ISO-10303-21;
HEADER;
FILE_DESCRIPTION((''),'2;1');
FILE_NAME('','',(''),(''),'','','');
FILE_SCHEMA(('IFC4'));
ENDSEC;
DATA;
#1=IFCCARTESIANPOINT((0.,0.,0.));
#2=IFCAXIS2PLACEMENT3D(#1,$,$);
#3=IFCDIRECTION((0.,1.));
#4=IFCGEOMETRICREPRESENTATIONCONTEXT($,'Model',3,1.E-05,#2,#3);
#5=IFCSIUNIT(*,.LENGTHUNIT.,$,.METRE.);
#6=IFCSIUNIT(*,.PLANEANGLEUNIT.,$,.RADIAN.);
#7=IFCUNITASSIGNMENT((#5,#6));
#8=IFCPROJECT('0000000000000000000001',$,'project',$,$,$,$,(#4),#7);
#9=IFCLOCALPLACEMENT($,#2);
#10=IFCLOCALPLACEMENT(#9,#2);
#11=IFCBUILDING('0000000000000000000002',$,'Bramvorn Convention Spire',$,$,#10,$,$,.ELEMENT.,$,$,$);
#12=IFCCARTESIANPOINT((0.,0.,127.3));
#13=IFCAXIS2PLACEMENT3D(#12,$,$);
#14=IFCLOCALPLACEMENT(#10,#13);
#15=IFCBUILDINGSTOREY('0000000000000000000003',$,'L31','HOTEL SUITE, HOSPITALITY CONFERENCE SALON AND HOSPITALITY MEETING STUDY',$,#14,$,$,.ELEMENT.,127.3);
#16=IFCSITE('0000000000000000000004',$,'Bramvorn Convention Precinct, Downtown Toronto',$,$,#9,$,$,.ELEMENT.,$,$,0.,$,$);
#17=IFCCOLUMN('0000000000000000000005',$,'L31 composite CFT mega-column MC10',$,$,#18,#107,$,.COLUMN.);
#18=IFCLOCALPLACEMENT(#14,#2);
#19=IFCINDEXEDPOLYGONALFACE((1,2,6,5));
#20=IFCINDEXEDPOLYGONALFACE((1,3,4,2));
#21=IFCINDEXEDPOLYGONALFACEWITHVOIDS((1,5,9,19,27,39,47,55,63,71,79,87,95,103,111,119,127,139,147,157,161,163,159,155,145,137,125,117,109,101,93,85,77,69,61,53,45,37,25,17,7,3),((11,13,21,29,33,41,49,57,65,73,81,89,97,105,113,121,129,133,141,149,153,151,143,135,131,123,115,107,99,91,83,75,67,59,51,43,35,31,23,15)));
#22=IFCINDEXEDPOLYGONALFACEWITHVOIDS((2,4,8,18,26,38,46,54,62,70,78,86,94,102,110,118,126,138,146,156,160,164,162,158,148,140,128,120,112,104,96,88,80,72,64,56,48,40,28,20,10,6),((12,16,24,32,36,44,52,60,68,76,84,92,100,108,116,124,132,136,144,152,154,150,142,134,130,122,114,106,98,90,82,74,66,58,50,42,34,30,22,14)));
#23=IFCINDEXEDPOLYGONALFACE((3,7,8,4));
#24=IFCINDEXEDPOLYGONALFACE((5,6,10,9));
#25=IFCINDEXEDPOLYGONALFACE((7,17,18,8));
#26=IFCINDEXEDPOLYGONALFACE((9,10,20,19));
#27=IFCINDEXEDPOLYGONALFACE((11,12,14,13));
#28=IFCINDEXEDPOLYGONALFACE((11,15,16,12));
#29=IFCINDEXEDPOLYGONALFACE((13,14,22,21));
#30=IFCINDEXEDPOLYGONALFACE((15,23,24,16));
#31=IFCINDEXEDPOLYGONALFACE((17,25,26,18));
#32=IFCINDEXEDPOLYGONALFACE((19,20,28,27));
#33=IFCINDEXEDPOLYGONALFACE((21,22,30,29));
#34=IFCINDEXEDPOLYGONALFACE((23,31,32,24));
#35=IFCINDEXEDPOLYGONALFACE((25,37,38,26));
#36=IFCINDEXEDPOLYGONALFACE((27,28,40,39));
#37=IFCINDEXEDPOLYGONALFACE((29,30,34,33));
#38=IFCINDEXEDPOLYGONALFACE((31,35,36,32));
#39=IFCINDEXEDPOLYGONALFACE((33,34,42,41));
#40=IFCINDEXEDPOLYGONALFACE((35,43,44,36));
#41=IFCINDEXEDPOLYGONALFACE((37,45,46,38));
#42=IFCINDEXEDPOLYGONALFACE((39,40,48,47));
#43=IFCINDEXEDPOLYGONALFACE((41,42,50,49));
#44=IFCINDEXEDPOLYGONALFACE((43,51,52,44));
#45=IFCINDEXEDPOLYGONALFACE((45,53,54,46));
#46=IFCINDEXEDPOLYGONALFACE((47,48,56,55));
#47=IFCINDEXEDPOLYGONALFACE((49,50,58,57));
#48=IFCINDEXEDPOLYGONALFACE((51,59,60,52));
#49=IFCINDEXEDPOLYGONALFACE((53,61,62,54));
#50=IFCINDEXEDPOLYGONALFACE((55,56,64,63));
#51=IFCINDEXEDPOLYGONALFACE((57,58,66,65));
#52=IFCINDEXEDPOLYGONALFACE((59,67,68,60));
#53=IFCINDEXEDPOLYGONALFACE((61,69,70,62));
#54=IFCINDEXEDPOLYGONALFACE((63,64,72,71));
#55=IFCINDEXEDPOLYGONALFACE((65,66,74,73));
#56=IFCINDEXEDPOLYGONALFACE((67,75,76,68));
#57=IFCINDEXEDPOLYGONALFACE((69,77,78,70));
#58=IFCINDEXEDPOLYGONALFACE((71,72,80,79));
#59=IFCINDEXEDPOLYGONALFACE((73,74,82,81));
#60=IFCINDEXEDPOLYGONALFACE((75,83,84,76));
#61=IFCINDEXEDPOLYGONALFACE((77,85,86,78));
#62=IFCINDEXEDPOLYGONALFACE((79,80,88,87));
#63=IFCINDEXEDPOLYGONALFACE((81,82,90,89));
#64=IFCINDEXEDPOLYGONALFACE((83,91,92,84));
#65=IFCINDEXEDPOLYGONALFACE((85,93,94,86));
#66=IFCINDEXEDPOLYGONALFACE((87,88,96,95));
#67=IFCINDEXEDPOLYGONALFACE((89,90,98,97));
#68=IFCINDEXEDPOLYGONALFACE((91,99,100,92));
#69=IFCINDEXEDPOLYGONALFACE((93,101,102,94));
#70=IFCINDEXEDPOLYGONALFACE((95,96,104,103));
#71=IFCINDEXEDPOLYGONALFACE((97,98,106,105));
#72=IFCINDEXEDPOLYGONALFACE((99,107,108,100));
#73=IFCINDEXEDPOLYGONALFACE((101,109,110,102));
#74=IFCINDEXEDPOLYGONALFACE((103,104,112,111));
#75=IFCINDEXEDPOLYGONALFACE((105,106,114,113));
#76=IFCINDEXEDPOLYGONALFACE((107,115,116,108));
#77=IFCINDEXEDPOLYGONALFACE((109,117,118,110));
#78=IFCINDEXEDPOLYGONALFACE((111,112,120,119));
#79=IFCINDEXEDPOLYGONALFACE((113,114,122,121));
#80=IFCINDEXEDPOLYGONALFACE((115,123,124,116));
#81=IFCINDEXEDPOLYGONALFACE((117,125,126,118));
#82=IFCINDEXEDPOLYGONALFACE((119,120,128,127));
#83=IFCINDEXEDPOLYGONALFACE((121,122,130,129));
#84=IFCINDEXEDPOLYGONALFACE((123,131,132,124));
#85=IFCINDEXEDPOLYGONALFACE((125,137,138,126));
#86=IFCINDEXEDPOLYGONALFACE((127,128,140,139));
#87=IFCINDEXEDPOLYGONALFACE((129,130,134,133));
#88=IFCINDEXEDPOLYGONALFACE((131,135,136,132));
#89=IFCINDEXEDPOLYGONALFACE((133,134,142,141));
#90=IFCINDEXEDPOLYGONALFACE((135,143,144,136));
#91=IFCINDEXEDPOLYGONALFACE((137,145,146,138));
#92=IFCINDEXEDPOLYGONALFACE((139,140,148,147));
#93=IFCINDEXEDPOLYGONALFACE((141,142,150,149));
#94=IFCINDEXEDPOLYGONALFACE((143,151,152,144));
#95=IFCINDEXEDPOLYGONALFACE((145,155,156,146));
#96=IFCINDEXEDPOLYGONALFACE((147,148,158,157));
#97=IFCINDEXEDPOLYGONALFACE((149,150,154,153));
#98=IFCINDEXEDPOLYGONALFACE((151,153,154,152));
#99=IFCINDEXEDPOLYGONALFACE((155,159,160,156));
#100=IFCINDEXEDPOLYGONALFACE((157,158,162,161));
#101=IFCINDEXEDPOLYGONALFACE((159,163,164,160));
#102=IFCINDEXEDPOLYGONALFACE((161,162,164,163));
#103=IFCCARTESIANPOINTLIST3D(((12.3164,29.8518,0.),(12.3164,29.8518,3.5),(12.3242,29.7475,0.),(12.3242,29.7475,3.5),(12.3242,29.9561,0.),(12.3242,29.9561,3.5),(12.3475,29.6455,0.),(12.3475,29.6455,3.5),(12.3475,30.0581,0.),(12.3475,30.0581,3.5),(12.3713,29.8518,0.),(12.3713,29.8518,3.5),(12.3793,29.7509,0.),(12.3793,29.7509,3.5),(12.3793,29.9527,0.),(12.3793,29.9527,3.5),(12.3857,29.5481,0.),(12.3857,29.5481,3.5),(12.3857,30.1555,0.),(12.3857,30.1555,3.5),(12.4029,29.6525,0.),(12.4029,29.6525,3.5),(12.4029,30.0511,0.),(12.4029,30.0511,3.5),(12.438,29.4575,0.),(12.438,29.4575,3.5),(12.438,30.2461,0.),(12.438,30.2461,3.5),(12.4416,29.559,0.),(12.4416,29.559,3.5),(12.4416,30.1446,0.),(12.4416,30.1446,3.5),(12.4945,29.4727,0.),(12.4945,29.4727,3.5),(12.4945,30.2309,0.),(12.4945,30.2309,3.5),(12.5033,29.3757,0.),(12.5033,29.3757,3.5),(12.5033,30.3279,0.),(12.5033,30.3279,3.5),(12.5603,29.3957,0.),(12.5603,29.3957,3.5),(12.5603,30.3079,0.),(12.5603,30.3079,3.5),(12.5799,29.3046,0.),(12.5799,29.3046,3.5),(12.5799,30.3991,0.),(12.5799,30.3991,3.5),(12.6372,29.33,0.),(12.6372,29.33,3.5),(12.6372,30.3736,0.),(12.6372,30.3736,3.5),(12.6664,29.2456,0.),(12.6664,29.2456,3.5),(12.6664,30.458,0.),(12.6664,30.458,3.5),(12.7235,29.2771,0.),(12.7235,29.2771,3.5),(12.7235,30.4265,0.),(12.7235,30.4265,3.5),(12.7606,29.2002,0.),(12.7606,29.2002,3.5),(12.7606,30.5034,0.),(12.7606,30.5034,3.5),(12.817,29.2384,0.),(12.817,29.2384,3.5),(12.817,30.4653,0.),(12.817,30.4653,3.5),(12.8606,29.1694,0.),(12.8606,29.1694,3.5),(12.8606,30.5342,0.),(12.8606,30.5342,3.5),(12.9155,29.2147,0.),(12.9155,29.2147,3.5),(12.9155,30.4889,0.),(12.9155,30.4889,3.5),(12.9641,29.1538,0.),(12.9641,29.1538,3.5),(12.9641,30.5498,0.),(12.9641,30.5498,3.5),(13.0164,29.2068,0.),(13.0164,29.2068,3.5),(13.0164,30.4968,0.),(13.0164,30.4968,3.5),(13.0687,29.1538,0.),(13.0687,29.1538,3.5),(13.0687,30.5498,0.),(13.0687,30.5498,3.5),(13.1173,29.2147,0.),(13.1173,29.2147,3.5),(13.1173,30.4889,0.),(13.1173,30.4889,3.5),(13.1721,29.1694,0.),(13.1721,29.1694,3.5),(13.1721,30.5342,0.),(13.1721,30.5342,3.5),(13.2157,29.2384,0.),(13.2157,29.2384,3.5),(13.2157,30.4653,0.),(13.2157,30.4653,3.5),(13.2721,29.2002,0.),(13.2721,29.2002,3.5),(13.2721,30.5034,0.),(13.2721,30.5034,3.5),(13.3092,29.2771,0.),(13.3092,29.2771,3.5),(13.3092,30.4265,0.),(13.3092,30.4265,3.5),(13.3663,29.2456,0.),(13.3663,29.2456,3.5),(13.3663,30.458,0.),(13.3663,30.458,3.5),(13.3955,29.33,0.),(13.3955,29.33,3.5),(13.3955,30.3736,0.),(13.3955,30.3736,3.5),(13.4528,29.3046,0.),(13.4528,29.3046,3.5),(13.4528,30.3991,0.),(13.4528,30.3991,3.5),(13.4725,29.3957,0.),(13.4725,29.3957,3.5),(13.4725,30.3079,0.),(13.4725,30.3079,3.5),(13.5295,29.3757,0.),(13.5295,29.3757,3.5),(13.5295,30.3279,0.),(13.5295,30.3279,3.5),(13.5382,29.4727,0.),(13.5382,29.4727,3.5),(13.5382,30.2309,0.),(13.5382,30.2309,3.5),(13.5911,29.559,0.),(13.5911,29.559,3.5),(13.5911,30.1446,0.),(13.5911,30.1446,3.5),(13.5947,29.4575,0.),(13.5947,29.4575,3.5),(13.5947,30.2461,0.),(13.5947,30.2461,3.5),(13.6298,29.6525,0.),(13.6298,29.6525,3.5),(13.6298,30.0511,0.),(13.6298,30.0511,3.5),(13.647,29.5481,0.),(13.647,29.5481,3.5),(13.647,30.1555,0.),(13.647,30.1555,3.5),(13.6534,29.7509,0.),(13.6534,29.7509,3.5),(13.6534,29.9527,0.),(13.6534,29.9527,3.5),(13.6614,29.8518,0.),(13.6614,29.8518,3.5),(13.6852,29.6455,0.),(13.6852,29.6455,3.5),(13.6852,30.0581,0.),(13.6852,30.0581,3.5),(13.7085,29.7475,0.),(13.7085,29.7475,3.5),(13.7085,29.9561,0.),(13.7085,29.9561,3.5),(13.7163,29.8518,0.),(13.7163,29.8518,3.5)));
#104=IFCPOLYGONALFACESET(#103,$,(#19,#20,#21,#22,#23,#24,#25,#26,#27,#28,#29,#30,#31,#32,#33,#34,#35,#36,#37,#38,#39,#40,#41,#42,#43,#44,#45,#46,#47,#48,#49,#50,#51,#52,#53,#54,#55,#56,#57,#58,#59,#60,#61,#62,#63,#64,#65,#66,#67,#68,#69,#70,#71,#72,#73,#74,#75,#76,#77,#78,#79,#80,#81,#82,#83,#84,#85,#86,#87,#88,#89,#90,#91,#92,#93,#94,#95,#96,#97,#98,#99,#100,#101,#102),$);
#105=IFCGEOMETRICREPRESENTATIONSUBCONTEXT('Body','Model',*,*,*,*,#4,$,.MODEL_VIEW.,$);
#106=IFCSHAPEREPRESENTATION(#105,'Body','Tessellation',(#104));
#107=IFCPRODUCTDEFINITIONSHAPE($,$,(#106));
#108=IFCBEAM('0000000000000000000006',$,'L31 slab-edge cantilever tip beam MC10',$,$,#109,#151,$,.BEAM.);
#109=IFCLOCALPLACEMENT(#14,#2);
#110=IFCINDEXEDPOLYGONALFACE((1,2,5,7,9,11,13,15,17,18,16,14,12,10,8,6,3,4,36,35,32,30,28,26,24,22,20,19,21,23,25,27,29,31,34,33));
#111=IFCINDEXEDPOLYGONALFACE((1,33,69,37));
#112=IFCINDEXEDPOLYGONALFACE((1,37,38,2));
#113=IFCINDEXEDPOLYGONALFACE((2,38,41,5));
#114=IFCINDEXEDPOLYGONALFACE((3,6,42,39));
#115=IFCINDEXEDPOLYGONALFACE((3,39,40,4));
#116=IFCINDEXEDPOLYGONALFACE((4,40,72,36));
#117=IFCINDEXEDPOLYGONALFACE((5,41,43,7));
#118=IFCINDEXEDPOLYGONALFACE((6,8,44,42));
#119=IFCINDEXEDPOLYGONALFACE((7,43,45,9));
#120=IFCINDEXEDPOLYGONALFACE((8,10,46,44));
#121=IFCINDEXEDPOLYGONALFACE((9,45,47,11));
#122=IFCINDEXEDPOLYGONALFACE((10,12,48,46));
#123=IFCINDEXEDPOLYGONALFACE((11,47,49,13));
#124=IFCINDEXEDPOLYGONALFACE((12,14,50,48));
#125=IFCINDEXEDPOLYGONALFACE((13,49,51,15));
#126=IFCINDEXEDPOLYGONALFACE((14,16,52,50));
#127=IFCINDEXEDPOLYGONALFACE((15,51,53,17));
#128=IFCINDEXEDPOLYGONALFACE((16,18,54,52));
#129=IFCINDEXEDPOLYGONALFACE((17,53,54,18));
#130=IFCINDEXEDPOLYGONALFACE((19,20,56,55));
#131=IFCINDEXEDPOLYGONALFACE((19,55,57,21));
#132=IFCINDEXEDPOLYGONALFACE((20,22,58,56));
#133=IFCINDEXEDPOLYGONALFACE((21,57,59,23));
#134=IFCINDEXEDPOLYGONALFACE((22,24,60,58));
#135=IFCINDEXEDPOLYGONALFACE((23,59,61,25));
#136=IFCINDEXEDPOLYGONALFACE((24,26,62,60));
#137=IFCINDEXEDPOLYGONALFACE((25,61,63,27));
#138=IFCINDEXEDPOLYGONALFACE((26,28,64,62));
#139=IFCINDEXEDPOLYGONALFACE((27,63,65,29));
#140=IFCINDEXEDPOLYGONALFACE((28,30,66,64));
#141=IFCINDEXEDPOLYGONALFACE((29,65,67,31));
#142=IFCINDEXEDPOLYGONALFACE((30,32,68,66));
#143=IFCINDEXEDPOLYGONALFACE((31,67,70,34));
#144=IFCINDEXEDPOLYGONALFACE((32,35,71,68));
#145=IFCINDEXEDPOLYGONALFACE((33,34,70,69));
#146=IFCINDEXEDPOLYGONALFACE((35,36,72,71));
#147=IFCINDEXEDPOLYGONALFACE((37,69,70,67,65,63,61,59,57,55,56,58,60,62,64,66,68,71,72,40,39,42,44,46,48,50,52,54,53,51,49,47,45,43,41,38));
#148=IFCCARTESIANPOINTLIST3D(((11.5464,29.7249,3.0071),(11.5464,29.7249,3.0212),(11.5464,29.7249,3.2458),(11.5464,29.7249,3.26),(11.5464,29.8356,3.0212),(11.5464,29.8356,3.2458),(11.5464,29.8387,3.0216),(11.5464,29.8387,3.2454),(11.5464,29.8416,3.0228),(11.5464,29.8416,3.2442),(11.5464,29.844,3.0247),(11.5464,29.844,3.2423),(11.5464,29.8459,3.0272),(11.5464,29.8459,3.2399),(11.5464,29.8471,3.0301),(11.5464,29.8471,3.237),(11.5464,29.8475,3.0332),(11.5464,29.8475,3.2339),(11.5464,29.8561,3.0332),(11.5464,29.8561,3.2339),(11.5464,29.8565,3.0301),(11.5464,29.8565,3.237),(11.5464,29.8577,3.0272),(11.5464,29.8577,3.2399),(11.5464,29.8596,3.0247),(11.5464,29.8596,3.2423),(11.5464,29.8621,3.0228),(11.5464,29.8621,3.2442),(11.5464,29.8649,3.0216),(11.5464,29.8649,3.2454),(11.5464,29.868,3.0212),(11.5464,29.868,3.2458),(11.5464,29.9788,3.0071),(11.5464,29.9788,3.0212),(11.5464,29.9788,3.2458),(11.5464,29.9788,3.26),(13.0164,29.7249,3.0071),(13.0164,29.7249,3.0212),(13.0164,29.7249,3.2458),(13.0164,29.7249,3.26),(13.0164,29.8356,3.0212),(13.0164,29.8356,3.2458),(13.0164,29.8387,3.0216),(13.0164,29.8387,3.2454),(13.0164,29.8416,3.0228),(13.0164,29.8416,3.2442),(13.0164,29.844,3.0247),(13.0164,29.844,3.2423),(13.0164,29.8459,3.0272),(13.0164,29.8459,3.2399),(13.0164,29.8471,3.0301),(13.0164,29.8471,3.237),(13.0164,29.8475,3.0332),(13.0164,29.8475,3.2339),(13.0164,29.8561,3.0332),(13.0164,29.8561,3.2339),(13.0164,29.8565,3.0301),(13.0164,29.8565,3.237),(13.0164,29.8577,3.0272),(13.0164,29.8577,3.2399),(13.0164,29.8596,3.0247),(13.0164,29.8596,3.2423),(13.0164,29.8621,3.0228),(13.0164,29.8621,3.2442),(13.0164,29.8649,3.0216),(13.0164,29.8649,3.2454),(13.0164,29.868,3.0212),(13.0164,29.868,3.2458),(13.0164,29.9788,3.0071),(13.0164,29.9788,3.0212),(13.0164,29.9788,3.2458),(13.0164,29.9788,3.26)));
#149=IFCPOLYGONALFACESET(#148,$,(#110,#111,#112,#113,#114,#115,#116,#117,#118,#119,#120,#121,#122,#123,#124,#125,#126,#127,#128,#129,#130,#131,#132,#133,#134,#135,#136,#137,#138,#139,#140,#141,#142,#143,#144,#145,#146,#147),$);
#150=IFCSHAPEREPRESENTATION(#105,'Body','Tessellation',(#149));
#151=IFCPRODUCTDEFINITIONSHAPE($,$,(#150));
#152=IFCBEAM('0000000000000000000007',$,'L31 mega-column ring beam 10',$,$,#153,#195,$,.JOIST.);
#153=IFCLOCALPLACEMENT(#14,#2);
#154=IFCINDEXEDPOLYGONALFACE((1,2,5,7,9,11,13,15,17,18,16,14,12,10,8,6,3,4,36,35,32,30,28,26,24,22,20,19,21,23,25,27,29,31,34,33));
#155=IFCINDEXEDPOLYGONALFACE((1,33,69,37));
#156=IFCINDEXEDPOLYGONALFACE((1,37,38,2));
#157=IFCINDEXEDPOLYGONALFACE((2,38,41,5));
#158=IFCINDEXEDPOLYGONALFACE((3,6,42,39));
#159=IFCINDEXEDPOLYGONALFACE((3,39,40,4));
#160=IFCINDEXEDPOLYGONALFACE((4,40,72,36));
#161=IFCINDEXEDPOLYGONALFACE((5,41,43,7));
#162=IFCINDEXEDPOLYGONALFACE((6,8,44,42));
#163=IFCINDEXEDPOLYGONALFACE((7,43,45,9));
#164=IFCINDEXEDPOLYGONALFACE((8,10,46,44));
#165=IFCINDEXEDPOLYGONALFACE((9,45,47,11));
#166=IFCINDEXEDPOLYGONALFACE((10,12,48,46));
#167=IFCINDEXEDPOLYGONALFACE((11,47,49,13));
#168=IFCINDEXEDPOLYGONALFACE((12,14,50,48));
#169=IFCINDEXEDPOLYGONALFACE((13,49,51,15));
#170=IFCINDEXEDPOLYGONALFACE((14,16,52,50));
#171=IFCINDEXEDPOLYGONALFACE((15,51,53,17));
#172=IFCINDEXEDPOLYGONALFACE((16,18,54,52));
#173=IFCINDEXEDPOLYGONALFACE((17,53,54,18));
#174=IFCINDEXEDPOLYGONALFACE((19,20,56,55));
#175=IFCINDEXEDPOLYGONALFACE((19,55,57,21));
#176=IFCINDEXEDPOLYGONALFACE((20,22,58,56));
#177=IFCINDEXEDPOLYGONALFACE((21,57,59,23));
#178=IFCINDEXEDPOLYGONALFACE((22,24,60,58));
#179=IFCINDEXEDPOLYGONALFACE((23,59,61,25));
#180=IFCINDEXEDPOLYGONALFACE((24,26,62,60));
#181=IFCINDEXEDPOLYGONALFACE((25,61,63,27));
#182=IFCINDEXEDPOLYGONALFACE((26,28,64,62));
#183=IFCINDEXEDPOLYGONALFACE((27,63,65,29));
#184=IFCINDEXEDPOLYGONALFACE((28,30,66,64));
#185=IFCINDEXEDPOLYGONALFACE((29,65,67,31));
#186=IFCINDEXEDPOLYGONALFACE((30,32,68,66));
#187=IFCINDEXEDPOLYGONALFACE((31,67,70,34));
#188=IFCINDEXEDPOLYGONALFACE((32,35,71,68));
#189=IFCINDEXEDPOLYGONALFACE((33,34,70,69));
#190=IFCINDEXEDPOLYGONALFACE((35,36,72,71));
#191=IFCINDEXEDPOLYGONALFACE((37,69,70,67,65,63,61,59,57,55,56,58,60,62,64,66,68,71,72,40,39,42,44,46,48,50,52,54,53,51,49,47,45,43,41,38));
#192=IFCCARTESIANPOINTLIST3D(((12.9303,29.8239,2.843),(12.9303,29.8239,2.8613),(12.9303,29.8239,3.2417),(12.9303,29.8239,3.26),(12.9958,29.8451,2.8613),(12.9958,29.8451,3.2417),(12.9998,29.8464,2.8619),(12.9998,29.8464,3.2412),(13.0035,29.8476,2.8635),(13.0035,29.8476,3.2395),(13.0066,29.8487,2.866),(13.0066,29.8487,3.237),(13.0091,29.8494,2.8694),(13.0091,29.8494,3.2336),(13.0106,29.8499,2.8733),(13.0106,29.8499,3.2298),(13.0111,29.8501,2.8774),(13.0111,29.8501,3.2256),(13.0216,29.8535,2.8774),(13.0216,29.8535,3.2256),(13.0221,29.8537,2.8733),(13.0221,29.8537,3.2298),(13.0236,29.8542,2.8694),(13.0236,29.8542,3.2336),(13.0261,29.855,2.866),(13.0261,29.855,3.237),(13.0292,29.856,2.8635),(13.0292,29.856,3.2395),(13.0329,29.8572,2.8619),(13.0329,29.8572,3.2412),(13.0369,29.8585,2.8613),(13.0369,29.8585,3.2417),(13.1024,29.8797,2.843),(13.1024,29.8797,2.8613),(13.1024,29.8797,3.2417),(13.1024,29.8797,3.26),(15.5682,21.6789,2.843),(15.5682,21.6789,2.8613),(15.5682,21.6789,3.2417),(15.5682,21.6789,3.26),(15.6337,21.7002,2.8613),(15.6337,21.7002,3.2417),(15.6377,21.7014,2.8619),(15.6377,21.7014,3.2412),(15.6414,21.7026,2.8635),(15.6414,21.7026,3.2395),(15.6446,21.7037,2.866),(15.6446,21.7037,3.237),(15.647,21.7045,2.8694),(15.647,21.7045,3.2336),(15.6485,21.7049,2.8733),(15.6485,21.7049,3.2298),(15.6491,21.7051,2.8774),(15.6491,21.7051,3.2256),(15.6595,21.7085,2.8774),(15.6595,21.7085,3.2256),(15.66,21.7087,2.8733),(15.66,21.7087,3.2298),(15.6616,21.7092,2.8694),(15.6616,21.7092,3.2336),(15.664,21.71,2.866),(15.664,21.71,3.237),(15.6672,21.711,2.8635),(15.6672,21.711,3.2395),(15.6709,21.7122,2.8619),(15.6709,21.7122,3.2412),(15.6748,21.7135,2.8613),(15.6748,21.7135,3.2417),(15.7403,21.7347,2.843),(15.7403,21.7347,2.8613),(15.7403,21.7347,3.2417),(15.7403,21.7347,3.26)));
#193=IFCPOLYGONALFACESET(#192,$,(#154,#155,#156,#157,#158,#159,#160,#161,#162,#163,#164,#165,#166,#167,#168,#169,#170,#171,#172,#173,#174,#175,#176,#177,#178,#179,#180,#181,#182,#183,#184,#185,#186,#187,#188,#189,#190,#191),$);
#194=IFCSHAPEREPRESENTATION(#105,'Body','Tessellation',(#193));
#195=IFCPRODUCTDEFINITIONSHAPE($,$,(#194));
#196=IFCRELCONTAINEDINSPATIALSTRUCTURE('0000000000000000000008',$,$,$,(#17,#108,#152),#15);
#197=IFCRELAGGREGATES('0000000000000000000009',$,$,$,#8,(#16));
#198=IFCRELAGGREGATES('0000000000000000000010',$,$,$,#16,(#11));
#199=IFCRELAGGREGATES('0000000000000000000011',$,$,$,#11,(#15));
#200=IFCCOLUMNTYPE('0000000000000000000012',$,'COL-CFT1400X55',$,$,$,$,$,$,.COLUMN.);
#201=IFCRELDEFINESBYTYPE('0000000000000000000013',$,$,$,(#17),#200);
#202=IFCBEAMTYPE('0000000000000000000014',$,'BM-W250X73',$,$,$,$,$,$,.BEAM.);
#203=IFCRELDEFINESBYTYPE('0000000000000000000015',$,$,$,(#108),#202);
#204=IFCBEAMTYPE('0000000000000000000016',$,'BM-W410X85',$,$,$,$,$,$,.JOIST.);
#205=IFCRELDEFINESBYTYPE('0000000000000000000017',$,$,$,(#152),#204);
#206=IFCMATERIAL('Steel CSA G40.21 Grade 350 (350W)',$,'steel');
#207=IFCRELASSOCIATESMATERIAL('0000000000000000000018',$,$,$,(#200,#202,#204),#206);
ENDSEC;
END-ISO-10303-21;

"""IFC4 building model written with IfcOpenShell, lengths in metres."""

from ifc_helpers import new_model, si_unit, direction, frame, origin, origin_2d, place, context, subcontext, project, spatial, hollow_circle, i_section, extrude, material, material_profile, profile_set, type_object, element, save


model = new_model("IFC4")

# Units and contexts
model_context = context("Model", 3, precision=1e-05, world=origin(), true_north=direction((0.0, 1.0)))
body_context = subcontext(model_context, "Body", "Model", "MODEL_VIEW")
ifc_project = project(units=[si_unit("LENGTHUNIT", "METRE"), si_unit("PLANEANGLEUNIT", "RADIAN")], contexts=[model_context])

# Site, building, storey
site_placement = place(None, origin())
site = spatial("IfcSite", under=ifc_project, at=site_placement, Name="Bramvorn Convention Precinct, Downtown Toronto", CompositionType="ELEMENT", RefElevation=0.0)
building_placement = place(site_placement, origin())
building = spatial("IfcBuilding", under=site, at=building_placement, Name="Bramvorn Convention Spire", CompositionType="ELEMENT")
storey_placement = place(building_placement, frame((0.0, 0.0, 127.3)))
storey = spatial("IfcBuildingStorey", under=building, at=storey_placement, Name="L31", Description="HOTEL SUITE, HOSPITALITY CONFERENCE SALON AND HOSPITALITY MEETING STUDY", CompositionType="ELEMENT", Elevation=127.3)

# Column
ifc_material_1 = material(Name="Steel CSA G40.21 Grade 350 (350W)", Category="steel")
ifc_material_profile_1 = material_profile(ifc_material_1, hollow_circle(Radius=0.7, WallThickness=0.0549, at=origin_2d()))
ifc_profile_set_1 = profile_set([ifc_material_profile_1], Name="Steel CSA G40.21 Grade 350 (350W) - CFT1400X55")
column_type = type_object("IfcColumnType", Name="COL-CFT1400X55", PredefinedType="COLUMN", material=ifc_profile_set_1)
column_placement = place(storey_placement, frame((13.0164, 29.8518, 0.0), z_axis=(0.0, 0.0, 1.0), x_axis=(1.0, 0.0, 0.0)))
element("IfcColumn", 1, at=column_placement, inside=storey, type_object=column_type, Name="L31 composite CFT mega-column MC10", PredefinedType="COLUMN", context=body_context, shape_type="SweptSolid", body=[
    extrude(hollow_circle(Radius=0.7, WallThickness=0.0549, at=origin_2d()), origin(), (0.0, 0.0, 1.0), 3.5),
])

# Beams
ifc_material_profile_2 = material_profile(ifc_material_1, i_section(OverallWidth=0.2539, OverallDepth=0.2529, WebThickness=0.0085, FlangeThickness=0.0142, FilletRadius=0.012, at=origin_2d()))
ifc_profile_set_2 = profile_set([ifc_material_profile_2], Name="Steel CSA G40.21 Grade 350 (350W) - W250X73")
beam_type_1 = type_object("IfcBeamType", Name="BM-W250X73", PredefinedType="BEAM", material=ifc_profile_set_2)
beam_1_placement = place(storey_placement, frame((13.0164, 29.8518, 3.1335), z_axis=(-1.0, 0.0, 0.0), x_axis=(0.0, -1.0, 0.0)))
element("IfcBeam", 2, at=beam_1_placement, inside=storey, type_object=beam_type_1, Name="L31 slab-edge cantilever tip beam MC10", PredefinedType="BEAM", context=body_context, shape_type="SweptSolid", body=[
    extrude(i_section(OverallWidth=0.2539, OverallDepth=0.2529, WebThickness=0.0085, FlangeThickness=0.0142, FilletRadius=0.012, at=origin_2d()), origin(), (0.0, 0.0, 1.0), 1.47),
])
ifc_material_profile_3 = material_profile(ifc_material_1, i_section(OverallWidth=0.1809, OverallDepth=0.417, WebThickness=0.011, FlangeThickness=0.0183, FilletRadius=0.0161, at=origin_2d()))
ifc_profile_set_3 = profile_set([ifc_material_profile_3], Name="Steel CSA G40.21 Grade 350 (350W) - W410X85")
beam_type_2 = type_object("IfcBeamType", Name="BM-W410X85", PredefinedType="JOIST", material=ifc_profile_set_3)
beam_2_placement = place(storey_placement, frame((13.0164, 29.8518, 3.0515), z_axis=(0.308115, -0.951349, 0.0), x_axis=(0.951349, 0.308115, 0.0)))
element("IfcBeam", 3, at=beam_2_placement, inside=storey, type_object=beam_type_2, Name="L31 mega-column ring beam 10", PredefinedType="JOIST", context=body_context, shape_type="SweptSolid", body=[
    extrude(i_section(OverallWidth=0.1809, OverallDepth=0.417, WebThickness=0.011, FlangeThickness=0.0183, FilletRadius=0.0161, at=origin_2d()), origin(), (0.0, 0.0, 1.0), 8.5615),
])

save(model, "model.ifc")
